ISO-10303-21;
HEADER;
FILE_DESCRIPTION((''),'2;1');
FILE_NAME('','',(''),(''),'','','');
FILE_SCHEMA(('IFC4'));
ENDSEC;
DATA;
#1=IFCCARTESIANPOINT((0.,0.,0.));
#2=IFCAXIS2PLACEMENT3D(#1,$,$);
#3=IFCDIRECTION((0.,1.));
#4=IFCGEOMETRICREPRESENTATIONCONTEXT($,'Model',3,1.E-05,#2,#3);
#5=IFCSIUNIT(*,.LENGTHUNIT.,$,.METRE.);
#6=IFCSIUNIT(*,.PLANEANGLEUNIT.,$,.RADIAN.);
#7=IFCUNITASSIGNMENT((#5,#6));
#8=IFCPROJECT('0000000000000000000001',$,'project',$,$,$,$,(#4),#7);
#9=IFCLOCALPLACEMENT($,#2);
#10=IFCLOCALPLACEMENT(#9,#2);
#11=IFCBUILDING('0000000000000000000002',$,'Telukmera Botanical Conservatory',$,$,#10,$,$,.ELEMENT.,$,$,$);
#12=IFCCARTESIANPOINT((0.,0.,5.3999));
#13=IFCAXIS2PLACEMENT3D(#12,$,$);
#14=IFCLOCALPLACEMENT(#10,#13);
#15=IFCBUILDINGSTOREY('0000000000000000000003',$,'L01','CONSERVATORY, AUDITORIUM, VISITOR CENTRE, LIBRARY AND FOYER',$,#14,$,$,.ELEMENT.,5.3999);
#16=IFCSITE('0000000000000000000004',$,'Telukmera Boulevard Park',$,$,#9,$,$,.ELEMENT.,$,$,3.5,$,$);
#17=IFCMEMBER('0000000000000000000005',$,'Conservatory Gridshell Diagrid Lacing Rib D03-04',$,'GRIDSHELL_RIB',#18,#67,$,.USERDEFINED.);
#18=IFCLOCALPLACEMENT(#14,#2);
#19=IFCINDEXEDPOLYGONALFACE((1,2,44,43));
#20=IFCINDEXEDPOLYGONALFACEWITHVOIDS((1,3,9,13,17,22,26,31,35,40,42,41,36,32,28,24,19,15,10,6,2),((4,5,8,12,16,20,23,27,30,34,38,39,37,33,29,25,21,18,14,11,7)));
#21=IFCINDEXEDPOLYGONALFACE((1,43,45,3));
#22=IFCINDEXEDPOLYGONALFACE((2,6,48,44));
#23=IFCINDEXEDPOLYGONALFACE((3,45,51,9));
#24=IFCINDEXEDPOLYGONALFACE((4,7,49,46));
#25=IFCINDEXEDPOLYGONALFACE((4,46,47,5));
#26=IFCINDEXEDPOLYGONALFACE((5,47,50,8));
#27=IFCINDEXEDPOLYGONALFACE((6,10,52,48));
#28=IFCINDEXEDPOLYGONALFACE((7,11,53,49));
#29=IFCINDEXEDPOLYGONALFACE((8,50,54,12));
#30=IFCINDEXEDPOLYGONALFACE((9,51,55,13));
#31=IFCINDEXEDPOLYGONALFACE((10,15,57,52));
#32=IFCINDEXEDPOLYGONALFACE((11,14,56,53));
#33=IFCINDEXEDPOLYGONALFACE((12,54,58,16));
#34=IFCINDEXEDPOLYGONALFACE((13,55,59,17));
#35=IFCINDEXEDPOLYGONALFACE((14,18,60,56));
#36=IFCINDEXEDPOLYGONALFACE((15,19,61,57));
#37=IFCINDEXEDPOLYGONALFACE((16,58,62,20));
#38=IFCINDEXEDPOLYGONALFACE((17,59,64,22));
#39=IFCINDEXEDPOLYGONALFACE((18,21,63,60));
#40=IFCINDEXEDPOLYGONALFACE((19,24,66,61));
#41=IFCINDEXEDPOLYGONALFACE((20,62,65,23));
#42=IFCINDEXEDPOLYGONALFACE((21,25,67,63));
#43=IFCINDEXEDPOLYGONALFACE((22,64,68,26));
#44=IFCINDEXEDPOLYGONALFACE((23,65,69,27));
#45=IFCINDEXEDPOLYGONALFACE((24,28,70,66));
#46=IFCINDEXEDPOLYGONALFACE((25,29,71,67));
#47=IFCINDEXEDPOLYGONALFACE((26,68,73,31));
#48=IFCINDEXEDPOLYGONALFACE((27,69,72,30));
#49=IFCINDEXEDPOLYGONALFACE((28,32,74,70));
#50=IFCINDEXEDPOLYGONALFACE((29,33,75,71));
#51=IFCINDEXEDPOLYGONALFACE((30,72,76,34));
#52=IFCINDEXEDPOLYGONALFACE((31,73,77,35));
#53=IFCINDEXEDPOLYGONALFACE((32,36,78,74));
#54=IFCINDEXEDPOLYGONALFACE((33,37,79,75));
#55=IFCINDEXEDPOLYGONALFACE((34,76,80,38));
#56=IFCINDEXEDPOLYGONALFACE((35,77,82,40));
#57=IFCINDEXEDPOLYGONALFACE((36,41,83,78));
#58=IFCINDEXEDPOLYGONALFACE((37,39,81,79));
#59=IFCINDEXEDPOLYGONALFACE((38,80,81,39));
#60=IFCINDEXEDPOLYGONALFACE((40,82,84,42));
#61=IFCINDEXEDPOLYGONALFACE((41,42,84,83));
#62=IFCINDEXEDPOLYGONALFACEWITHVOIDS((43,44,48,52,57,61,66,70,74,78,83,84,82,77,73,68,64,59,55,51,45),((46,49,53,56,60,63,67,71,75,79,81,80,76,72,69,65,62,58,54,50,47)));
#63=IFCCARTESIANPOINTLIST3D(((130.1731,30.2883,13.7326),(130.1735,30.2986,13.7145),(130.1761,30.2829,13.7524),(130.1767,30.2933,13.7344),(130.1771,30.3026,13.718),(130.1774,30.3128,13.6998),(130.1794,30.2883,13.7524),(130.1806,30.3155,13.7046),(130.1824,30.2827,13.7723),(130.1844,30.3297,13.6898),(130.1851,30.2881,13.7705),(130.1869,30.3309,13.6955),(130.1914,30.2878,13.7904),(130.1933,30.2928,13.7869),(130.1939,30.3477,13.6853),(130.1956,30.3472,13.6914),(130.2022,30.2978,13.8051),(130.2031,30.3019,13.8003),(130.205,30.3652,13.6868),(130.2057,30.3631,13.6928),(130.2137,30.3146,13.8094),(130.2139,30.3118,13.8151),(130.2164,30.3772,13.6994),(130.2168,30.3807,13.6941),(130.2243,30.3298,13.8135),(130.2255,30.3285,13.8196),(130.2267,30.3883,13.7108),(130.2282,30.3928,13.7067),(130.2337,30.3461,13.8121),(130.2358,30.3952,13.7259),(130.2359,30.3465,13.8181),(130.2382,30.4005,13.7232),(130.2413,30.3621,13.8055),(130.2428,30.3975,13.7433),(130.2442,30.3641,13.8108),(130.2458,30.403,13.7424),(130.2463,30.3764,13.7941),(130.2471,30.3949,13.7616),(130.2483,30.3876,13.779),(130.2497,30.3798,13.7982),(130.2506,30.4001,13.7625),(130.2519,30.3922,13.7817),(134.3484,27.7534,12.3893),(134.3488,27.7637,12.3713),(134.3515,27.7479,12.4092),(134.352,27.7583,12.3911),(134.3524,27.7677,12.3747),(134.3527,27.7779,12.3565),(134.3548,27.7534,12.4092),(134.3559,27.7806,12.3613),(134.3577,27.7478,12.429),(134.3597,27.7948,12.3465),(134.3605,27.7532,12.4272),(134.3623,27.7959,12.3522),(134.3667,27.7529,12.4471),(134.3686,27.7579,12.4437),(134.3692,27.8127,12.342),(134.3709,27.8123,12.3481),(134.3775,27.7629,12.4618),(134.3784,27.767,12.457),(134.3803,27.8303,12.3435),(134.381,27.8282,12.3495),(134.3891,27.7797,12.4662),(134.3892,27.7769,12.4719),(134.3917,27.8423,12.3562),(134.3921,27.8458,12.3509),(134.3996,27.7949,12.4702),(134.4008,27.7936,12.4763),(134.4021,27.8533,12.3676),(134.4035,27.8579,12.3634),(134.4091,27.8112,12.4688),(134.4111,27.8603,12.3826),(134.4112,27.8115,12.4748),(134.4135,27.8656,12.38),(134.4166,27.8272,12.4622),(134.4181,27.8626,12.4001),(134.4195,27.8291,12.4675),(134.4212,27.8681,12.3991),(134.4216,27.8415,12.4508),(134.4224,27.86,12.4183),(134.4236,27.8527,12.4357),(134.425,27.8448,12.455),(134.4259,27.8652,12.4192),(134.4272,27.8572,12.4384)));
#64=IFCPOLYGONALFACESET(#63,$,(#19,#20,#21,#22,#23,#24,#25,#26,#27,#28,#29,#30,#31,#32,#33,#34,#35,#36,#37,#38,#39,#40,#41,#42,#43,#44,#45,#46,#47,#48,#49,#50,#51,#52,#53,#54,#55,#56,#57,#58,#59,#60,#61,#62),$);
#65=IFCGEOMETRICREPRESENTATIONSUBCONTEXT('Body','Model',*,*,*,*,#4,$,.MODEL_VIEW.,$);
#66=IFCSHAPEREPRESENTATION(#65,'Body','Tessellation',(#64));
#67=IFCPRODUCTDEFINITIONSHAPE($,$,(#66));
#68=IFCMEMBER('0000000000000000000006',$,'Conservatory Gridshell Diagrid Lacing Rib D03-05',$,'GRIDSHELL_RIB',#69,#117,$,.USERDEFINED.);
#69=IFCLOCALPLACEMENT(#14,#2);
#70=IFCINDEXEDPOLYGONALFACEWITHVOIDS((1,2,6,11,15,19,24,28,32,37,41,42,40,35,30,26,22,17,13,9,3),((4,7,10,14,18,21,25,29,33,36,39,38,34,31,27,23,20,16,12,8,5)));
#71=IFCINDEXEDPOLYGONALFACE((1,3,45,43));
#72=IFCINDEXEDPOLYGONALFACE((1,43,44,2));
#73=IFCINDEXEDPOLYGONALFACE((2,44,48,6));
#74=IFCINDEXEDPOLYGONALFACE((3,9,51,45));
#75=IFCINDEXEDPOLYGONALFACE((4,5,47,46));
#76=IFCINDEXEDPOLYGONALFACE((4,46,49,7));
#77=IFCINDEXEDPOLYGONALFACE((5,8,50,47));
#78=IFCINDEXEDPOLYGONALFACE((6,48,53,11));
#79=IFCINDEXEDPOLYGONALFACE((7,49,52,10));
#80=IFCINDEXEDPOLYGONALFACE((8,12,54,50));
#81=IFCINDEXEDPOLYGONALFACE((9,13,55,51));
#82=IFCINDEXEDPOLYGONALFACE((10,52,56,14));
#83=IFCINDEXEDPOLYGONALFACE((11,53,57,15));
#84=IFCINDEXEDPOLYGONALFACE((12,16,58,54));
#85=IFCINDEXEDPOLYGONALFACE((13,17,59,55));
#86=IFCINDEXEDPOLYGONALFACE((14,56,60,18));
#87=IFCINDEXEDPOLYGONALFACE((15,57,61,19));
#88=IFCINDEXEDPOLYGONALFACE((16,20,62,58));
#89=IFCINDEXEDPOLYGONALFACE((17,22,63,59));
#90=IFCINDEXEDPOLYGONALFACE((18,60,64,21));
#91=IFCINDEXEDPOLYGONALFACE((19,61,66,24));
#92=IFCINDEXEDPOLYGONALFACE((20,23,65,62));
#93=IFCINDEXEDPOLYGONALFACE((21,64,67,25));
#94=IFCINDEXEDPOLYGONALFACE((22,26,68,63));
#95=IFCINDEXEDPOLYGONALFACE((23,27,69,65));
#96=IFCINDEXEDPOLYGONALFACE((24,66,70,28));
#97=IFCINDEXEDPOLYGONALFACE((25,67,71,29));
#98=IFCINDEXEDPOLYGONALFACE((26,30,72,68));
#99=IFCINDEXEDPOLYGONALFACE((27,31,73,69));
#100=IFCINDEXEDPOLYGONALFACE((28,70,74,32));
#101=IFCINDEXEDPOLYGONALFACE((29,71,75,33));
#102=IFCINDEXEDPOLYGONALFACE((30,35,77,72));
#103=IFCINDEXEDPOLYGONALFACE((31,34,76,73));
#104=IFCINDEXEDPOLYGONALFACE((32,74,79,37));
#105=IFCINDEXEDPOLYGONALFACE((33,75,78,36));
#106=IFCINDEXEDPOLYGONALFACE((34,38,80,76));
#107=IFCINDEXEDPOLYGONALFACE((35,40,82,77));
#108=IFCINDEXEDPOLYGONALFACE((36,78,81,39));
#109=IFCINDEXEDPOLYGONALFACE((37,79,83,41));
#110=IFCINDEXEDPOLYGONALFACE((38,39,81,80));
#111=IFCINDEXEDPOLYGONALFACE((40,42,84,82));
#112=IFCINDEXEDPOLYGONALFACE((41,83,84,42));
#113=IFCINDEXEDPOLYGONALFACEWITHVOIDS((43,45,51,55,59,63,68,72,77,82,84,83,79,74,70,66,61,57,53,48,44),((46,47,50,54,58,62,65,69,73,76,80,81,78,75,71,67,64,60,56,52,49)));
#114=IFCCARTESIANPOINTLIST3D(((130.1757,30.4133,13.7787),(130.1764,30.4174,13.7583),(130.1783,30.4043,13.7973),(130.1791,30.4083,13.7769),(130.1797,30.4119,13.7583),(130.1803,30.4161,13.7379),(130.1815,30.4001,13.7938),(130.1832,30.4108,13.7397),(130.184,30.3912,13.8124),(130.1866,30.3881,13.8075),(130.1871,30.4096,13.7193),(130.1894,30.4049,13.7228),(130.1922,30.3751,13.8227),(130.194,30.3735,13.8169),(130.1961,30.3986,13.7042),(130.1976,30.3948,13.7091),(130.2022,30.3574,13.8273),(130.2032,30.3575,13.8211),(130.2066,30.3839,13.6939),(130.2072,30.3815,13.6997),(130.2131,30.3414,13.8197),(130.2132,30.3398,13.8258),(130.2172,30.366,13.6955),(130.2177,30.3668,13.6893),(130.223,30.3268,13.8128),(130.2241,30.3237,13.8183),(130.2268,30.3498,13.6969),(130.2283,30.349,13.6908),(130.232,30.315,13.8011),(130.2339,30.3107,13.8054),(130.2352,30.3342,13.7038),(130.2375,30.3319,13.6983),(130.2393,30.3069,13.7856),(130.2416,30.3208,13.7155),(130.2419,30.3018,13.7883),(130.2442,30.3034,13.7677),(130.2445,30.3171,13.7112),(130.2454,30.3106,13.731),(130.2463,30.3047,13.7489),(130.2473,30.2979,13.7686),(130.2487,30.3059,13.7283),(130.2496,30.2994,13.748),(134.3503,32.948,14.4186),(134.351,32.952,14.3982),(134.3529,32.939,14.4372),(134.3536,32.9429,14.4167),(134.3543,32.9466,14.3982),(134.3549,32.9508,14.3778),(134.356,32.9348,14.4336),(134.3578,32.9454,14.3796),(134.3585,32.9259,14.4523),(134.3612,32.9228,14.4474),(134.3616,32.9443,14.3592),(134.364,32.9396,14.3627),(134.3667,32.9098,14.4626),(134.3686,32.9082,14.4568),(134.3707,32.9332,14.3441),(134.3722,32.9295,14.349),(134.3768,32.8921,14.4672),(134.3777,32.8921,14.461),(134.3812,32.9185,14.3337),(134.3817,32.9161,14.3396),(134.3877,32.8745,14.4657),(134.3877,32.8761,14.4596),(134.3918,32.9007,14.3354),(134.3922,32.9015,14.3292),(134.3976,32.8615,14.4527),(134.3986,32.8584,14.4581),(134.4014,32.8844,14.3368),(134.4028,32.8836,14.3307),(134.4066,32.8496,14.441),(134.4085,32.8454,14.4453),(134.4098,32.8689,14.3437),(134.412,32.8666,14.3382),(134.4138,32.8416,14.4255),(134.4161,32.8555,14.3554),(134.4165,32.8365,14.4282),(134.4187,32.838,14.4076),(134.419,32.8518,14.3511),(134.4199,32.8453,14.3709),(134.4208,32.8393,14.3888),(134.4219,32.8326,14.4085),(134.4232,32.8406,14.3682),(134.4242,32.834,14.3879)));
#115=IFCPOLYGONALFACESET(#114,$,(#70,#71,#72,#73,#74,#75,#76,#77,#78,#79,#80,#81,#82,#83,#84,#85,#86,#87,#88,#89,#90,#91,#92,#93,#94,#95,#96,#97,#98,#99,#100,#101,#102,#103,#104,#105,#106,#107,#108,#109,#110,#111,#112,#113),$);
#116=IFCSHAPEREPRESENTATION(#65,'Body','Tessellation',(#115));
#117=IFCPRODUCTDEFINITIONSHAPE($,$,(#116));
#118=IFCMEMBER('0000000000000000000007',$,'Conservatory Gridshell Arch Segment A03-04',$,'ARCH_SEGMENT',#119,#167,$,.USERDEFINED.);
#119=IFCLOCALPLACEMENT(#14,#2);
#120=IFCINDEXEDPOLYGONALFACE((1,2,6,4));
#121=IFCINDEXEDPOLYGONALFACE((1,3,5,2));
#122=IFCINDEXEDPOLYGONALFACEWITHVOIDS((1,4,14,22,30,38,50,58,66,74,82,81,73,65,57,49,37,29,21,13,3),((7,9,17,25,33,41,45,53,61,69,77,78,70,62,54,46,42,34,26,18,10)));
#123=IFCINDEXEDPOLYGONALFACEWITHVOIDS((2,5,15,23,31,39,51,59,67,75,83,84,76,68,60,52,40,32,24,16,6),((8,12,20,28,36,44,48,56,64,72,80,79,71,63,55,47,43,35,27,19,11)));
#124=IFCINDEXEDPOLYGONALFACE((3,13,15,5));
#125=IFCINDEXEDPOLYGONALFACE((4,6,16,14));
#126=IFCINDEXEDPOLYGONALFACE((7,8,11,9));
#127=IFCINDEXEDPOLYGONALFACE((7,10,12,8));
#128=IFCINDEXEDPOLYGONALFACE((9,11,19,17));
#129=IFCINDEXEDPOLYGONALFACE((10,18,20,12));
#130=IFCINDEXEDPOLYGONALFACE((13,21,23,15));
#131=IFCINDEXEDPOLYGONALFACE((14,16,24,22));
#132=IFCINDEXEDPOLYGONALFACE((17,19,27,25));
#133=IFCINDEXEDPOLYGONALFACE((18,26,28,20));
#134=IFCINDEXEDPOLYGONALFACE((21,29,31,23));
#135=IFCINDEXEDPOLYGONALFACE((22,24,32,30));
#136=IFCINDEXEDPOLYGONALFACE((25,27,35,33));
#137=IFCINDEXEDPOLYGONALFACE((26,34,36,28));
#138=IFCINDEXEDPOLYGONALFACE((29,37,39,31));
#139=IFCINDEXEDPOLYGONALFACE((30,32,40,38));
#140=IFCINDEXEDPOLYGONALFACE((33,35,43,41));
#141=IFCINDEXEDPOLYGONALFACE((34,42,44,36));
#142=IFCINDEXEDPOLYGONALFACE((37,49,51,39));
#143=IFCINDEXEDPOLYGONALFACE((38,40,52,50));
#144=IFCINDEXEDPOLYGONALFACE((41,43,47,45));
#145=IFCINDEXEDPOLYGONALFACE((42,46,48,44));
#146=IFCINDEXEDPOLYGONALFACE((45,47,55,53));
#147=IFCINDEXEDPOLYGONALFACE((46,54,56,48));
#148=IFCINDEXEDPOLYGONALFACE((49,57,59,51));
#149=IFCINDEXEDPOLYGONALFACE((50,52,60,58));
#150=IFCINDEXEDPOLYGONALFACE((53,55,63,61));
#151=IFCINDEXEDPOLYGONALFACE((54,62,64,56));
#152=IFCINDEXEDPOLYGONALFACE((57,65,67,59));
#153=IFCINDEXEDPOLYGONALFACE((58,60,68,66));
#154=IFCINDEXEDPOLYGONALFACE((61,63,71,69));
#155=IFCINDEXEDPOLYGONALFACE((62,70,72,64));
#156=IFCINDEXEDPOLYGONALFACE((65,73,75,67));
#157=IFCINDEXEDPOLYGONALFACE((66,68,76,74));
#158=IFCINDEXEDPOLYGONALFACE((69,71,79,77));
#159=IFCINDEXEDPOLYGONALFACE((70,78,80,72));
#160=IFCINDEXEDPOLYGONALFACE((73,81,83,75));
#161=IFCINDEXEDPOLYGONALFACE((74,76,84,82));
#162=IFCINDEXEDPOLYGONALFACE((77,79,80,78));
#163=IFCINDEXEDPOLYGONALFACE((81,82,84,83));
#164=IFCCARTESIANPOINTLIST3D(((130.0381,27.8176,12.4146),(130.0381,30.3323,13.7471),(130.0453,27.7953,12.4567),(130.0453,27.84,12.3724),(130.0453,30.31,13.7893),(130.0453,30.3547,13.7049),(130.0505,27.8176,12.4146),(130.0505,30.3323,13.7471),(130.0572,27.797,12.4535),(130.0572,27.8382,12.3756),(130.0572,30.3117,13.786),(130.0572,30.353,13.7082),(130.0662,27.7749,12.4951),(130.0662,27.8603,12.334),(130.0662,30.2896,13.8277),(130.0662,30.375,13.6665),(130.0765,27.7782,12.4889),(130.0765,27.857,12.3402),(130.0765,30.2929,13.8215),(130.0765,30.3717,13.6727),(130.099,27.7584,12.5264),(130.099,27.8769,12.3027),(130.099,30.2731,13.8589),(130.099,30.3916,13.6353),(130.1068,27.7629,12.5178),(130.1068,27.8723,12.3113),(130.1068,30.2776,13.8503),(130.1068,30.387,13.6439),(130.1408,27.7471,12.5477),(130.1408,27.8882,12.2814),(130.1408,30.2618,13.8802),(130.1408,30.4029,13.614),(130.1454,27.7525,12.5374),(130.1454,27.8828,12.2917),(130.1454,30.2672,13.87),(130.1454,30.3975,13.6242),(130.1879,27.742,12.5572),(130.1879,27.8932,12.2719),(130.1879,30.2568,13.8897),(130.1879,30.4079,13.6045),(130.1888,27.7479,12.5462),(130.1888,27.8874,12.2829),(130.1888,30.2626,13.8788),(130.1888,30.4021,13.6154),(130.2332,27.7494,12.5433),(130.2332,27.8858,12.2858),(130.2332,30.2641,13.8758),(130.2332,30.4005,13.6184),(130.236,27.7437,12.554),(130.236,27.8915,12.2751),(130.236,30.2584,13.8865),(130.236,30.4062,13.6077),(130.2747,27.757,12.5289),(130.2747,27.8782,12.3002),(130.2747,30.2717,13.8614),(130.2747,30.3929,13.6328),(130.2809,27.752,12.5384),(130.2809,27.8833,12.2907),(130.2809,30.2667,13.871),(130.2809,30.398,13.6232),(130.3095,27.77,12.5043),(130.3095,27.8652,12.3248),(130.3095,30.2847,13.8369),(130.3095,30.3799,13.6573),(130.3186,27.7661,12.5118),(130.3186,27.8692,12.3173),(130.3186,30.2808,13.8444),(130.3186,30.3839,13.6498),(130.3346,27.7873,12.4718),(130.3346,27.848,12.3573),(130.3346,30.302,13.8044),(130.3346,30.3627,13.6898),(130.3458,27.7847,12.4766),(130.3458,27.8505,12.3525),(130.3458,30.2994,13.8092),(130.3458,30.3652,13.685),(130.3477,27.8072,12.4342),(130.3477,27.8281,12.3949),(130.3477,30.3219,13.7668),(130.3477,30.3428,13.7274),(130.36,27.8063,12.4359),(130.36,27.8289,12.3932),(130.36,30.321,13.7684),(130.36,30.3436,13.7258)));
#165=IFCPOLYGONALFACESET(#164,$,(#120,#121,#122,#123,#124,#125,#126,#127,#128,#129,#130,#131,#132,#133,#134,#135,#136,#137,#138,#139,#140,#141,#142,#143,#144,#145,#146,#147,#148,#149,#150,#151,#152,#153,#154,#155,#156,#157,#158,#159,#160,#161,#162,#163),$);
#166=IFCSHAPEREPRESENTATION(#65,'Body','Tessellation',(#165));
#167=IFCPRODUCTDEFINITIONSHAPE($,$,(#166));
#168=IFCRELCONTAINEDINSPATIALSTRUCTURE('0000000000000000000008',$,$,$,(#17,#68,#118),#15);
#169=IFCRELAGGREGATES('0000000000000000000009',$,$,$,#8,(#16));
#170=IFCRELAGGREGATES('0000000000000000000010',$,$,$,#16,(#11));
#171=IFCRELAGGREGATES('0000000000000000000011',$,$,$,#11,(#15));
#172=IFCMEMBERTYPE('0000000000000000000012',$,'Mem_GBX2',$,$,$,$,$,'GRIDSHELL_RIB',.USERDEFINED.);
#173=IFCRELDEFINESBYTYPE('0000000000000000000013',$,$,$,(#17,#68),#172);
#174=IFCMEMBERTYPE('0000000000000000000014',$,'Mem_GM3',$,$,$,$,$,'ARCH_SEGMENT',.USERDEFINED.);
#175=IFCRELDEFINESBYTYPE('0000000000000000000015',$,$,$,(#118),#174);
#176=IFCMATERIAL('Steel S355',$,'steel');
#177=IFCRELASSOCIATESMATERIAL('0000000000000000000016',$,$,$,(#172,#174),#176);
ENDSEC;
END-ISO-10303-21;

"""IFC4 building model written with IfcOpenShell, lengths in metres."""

from ifc_helpers import new_model, si_unit, direction, frame, origin, origin_2d, place, context, subcontext, project, spatial, hollow_circle, extrude, material, material_profile, profile_set, type_object, element, save


model = new_model("IFC4")

# Units and contexts
model_context = context("Model", 3, precision=1e-05, world=origin(), true_north=direction((0.0, 1.0)))
body_context = subcontext(model_context, "Body", "Model", "MODEL_VIEW")
ifc_project = project(units=[si_unit("LENGTHUNIT", "METRE"), si_unit("PLANEANGLEUNIT", "RADIAN")], contexts=[model_context])

# Site, building, storey
site_placement = place(None, origin())
site = spatial("IfcSite", under=ifc_project, at=site_placement, Name="Telukmera Boulevard Park", CompositionType="ELEMENT", RefElevation=3.5)
building_placement = place(site_placement, origin())
building = spatial("IfcBuilding", under=site, at=building_placement, Name="Telukmera Botanical Conservatory", CompositionType="ELEMENT")
storey_placement = place(building_placement, frame((0.0, 0.0, 5.3999)))
storey = spatial("IfcBuildingStorey", under=building, at=storey_placement, Name="L01", Description="CONSERVATORY, AUDITORIUM, VISITOR CENTRE, LIBRARY AND FOYER", CompositionType="ELEMENT", Elevation=5.3999)

# Shared definitions
ifc_material = material(Name="Steel S355", Category="steel")

# Members
ifc_material_profile_1 = material_profile(ifc_material, hollow_circle(Radius=0.0698, WallThickness=0.0063, at=origin_2d()), Name="CHS 139.7x6.3")
ifc_profile_set_1 = profile_set([ifc_material_profile_1], Name="Steel S355")
member_type_1 = type_object("IfcMemberType", Name="Mem_GBX2", ElementType="GRIDSHELL_RIB", PredefinedType="USERDEFINED", material=ifc_profile_set_1)
member_1_placement = place(storey_placement, frame((134.3877, 27.8076, 12.4092), z_axis=(-0.824198, 0.500389, 0.265158), x_axis=(-0.518965, -0.854795, 0.0)))
element("IfcMember", 1, at=member_1_placement, inside=storey, type_object=member_type_1, Name="Conservatory Gridshell Diagrid Lacing Rib D03-04", ObjectType="GRIDSHELL_RIB", PredefinedType="USERDEFINED", context=body_context, shape_type="SweptSolid", body=[
    extrude(hollow_circle(Radius=0.0698, WallThickness=0.0063, at=origin_2d()), origin(), (0.0, 0.0, 1.0), 5.0659),
])
member_2_placement = place(storey_placement, frame((130.2126, 30.3577, 13.7583), z_axis=(0.847533, 0.514597, 0.129913), x_axis=(-0.518995, 0.854777, 0.0)))
element("IfcMember", 2, at=member_2_placement, inside=storey, type_object=member_type_1, Name="Conservatory Gridshell Diagrid Lacing Rib D03-05", ObjectType="GRIDSHELL_RIB", PredefinedType="USERDEFINED", context=body_context, shape_type="SweptSolid", body=[
    extrude(hollow_circle(Radius=0.0698, WallThickness=0.0063, at=origin_2d()), origin(), (0.0, 0.0, 1.0), 4.9255),
])
ifc_material_profile_2 = material_profile(ifc_material, hollow_circle(Radius=0.1619, WallThickness=0.0125, at=origin_2d()), Name="CHS 323.9x12.5")
ifc_profile_set_2 = profile_set([ifc_material_profile_2], Name="Steel S355")
member_type_2 = type_object("IfcMemberType", Name="Mem_GM3", ElementType="ARCH_SEGMENT", PredefinedType="USERDEFINED", material=ifc_profile_set_2)
member_3_placement = place(storey_placement, frame((130.2, 27.8176, 12.4146), z_axis=(0.0, 0.883608, 0.468227), x_axis=(-1.0, 0.0, 0.0)))
element("IfcMember", 3, at=member_3_placement, inside=storey, type_object=member_type_2, Name="Conservatory Gridshell Arch Segment A03-04", ObjectType="ARCH_SEGMENT", PredefinedType="USERDEFINED", context=body_context, shape_type="SweptSolid", body=[
    extrude(hollow_circle(Radius=0.1619, WallThickness=0.0125, at=origin_2d()), origin(), (0.0, 0.0, 1.0), 2.8459),
])

save(model, "model.ifc")
